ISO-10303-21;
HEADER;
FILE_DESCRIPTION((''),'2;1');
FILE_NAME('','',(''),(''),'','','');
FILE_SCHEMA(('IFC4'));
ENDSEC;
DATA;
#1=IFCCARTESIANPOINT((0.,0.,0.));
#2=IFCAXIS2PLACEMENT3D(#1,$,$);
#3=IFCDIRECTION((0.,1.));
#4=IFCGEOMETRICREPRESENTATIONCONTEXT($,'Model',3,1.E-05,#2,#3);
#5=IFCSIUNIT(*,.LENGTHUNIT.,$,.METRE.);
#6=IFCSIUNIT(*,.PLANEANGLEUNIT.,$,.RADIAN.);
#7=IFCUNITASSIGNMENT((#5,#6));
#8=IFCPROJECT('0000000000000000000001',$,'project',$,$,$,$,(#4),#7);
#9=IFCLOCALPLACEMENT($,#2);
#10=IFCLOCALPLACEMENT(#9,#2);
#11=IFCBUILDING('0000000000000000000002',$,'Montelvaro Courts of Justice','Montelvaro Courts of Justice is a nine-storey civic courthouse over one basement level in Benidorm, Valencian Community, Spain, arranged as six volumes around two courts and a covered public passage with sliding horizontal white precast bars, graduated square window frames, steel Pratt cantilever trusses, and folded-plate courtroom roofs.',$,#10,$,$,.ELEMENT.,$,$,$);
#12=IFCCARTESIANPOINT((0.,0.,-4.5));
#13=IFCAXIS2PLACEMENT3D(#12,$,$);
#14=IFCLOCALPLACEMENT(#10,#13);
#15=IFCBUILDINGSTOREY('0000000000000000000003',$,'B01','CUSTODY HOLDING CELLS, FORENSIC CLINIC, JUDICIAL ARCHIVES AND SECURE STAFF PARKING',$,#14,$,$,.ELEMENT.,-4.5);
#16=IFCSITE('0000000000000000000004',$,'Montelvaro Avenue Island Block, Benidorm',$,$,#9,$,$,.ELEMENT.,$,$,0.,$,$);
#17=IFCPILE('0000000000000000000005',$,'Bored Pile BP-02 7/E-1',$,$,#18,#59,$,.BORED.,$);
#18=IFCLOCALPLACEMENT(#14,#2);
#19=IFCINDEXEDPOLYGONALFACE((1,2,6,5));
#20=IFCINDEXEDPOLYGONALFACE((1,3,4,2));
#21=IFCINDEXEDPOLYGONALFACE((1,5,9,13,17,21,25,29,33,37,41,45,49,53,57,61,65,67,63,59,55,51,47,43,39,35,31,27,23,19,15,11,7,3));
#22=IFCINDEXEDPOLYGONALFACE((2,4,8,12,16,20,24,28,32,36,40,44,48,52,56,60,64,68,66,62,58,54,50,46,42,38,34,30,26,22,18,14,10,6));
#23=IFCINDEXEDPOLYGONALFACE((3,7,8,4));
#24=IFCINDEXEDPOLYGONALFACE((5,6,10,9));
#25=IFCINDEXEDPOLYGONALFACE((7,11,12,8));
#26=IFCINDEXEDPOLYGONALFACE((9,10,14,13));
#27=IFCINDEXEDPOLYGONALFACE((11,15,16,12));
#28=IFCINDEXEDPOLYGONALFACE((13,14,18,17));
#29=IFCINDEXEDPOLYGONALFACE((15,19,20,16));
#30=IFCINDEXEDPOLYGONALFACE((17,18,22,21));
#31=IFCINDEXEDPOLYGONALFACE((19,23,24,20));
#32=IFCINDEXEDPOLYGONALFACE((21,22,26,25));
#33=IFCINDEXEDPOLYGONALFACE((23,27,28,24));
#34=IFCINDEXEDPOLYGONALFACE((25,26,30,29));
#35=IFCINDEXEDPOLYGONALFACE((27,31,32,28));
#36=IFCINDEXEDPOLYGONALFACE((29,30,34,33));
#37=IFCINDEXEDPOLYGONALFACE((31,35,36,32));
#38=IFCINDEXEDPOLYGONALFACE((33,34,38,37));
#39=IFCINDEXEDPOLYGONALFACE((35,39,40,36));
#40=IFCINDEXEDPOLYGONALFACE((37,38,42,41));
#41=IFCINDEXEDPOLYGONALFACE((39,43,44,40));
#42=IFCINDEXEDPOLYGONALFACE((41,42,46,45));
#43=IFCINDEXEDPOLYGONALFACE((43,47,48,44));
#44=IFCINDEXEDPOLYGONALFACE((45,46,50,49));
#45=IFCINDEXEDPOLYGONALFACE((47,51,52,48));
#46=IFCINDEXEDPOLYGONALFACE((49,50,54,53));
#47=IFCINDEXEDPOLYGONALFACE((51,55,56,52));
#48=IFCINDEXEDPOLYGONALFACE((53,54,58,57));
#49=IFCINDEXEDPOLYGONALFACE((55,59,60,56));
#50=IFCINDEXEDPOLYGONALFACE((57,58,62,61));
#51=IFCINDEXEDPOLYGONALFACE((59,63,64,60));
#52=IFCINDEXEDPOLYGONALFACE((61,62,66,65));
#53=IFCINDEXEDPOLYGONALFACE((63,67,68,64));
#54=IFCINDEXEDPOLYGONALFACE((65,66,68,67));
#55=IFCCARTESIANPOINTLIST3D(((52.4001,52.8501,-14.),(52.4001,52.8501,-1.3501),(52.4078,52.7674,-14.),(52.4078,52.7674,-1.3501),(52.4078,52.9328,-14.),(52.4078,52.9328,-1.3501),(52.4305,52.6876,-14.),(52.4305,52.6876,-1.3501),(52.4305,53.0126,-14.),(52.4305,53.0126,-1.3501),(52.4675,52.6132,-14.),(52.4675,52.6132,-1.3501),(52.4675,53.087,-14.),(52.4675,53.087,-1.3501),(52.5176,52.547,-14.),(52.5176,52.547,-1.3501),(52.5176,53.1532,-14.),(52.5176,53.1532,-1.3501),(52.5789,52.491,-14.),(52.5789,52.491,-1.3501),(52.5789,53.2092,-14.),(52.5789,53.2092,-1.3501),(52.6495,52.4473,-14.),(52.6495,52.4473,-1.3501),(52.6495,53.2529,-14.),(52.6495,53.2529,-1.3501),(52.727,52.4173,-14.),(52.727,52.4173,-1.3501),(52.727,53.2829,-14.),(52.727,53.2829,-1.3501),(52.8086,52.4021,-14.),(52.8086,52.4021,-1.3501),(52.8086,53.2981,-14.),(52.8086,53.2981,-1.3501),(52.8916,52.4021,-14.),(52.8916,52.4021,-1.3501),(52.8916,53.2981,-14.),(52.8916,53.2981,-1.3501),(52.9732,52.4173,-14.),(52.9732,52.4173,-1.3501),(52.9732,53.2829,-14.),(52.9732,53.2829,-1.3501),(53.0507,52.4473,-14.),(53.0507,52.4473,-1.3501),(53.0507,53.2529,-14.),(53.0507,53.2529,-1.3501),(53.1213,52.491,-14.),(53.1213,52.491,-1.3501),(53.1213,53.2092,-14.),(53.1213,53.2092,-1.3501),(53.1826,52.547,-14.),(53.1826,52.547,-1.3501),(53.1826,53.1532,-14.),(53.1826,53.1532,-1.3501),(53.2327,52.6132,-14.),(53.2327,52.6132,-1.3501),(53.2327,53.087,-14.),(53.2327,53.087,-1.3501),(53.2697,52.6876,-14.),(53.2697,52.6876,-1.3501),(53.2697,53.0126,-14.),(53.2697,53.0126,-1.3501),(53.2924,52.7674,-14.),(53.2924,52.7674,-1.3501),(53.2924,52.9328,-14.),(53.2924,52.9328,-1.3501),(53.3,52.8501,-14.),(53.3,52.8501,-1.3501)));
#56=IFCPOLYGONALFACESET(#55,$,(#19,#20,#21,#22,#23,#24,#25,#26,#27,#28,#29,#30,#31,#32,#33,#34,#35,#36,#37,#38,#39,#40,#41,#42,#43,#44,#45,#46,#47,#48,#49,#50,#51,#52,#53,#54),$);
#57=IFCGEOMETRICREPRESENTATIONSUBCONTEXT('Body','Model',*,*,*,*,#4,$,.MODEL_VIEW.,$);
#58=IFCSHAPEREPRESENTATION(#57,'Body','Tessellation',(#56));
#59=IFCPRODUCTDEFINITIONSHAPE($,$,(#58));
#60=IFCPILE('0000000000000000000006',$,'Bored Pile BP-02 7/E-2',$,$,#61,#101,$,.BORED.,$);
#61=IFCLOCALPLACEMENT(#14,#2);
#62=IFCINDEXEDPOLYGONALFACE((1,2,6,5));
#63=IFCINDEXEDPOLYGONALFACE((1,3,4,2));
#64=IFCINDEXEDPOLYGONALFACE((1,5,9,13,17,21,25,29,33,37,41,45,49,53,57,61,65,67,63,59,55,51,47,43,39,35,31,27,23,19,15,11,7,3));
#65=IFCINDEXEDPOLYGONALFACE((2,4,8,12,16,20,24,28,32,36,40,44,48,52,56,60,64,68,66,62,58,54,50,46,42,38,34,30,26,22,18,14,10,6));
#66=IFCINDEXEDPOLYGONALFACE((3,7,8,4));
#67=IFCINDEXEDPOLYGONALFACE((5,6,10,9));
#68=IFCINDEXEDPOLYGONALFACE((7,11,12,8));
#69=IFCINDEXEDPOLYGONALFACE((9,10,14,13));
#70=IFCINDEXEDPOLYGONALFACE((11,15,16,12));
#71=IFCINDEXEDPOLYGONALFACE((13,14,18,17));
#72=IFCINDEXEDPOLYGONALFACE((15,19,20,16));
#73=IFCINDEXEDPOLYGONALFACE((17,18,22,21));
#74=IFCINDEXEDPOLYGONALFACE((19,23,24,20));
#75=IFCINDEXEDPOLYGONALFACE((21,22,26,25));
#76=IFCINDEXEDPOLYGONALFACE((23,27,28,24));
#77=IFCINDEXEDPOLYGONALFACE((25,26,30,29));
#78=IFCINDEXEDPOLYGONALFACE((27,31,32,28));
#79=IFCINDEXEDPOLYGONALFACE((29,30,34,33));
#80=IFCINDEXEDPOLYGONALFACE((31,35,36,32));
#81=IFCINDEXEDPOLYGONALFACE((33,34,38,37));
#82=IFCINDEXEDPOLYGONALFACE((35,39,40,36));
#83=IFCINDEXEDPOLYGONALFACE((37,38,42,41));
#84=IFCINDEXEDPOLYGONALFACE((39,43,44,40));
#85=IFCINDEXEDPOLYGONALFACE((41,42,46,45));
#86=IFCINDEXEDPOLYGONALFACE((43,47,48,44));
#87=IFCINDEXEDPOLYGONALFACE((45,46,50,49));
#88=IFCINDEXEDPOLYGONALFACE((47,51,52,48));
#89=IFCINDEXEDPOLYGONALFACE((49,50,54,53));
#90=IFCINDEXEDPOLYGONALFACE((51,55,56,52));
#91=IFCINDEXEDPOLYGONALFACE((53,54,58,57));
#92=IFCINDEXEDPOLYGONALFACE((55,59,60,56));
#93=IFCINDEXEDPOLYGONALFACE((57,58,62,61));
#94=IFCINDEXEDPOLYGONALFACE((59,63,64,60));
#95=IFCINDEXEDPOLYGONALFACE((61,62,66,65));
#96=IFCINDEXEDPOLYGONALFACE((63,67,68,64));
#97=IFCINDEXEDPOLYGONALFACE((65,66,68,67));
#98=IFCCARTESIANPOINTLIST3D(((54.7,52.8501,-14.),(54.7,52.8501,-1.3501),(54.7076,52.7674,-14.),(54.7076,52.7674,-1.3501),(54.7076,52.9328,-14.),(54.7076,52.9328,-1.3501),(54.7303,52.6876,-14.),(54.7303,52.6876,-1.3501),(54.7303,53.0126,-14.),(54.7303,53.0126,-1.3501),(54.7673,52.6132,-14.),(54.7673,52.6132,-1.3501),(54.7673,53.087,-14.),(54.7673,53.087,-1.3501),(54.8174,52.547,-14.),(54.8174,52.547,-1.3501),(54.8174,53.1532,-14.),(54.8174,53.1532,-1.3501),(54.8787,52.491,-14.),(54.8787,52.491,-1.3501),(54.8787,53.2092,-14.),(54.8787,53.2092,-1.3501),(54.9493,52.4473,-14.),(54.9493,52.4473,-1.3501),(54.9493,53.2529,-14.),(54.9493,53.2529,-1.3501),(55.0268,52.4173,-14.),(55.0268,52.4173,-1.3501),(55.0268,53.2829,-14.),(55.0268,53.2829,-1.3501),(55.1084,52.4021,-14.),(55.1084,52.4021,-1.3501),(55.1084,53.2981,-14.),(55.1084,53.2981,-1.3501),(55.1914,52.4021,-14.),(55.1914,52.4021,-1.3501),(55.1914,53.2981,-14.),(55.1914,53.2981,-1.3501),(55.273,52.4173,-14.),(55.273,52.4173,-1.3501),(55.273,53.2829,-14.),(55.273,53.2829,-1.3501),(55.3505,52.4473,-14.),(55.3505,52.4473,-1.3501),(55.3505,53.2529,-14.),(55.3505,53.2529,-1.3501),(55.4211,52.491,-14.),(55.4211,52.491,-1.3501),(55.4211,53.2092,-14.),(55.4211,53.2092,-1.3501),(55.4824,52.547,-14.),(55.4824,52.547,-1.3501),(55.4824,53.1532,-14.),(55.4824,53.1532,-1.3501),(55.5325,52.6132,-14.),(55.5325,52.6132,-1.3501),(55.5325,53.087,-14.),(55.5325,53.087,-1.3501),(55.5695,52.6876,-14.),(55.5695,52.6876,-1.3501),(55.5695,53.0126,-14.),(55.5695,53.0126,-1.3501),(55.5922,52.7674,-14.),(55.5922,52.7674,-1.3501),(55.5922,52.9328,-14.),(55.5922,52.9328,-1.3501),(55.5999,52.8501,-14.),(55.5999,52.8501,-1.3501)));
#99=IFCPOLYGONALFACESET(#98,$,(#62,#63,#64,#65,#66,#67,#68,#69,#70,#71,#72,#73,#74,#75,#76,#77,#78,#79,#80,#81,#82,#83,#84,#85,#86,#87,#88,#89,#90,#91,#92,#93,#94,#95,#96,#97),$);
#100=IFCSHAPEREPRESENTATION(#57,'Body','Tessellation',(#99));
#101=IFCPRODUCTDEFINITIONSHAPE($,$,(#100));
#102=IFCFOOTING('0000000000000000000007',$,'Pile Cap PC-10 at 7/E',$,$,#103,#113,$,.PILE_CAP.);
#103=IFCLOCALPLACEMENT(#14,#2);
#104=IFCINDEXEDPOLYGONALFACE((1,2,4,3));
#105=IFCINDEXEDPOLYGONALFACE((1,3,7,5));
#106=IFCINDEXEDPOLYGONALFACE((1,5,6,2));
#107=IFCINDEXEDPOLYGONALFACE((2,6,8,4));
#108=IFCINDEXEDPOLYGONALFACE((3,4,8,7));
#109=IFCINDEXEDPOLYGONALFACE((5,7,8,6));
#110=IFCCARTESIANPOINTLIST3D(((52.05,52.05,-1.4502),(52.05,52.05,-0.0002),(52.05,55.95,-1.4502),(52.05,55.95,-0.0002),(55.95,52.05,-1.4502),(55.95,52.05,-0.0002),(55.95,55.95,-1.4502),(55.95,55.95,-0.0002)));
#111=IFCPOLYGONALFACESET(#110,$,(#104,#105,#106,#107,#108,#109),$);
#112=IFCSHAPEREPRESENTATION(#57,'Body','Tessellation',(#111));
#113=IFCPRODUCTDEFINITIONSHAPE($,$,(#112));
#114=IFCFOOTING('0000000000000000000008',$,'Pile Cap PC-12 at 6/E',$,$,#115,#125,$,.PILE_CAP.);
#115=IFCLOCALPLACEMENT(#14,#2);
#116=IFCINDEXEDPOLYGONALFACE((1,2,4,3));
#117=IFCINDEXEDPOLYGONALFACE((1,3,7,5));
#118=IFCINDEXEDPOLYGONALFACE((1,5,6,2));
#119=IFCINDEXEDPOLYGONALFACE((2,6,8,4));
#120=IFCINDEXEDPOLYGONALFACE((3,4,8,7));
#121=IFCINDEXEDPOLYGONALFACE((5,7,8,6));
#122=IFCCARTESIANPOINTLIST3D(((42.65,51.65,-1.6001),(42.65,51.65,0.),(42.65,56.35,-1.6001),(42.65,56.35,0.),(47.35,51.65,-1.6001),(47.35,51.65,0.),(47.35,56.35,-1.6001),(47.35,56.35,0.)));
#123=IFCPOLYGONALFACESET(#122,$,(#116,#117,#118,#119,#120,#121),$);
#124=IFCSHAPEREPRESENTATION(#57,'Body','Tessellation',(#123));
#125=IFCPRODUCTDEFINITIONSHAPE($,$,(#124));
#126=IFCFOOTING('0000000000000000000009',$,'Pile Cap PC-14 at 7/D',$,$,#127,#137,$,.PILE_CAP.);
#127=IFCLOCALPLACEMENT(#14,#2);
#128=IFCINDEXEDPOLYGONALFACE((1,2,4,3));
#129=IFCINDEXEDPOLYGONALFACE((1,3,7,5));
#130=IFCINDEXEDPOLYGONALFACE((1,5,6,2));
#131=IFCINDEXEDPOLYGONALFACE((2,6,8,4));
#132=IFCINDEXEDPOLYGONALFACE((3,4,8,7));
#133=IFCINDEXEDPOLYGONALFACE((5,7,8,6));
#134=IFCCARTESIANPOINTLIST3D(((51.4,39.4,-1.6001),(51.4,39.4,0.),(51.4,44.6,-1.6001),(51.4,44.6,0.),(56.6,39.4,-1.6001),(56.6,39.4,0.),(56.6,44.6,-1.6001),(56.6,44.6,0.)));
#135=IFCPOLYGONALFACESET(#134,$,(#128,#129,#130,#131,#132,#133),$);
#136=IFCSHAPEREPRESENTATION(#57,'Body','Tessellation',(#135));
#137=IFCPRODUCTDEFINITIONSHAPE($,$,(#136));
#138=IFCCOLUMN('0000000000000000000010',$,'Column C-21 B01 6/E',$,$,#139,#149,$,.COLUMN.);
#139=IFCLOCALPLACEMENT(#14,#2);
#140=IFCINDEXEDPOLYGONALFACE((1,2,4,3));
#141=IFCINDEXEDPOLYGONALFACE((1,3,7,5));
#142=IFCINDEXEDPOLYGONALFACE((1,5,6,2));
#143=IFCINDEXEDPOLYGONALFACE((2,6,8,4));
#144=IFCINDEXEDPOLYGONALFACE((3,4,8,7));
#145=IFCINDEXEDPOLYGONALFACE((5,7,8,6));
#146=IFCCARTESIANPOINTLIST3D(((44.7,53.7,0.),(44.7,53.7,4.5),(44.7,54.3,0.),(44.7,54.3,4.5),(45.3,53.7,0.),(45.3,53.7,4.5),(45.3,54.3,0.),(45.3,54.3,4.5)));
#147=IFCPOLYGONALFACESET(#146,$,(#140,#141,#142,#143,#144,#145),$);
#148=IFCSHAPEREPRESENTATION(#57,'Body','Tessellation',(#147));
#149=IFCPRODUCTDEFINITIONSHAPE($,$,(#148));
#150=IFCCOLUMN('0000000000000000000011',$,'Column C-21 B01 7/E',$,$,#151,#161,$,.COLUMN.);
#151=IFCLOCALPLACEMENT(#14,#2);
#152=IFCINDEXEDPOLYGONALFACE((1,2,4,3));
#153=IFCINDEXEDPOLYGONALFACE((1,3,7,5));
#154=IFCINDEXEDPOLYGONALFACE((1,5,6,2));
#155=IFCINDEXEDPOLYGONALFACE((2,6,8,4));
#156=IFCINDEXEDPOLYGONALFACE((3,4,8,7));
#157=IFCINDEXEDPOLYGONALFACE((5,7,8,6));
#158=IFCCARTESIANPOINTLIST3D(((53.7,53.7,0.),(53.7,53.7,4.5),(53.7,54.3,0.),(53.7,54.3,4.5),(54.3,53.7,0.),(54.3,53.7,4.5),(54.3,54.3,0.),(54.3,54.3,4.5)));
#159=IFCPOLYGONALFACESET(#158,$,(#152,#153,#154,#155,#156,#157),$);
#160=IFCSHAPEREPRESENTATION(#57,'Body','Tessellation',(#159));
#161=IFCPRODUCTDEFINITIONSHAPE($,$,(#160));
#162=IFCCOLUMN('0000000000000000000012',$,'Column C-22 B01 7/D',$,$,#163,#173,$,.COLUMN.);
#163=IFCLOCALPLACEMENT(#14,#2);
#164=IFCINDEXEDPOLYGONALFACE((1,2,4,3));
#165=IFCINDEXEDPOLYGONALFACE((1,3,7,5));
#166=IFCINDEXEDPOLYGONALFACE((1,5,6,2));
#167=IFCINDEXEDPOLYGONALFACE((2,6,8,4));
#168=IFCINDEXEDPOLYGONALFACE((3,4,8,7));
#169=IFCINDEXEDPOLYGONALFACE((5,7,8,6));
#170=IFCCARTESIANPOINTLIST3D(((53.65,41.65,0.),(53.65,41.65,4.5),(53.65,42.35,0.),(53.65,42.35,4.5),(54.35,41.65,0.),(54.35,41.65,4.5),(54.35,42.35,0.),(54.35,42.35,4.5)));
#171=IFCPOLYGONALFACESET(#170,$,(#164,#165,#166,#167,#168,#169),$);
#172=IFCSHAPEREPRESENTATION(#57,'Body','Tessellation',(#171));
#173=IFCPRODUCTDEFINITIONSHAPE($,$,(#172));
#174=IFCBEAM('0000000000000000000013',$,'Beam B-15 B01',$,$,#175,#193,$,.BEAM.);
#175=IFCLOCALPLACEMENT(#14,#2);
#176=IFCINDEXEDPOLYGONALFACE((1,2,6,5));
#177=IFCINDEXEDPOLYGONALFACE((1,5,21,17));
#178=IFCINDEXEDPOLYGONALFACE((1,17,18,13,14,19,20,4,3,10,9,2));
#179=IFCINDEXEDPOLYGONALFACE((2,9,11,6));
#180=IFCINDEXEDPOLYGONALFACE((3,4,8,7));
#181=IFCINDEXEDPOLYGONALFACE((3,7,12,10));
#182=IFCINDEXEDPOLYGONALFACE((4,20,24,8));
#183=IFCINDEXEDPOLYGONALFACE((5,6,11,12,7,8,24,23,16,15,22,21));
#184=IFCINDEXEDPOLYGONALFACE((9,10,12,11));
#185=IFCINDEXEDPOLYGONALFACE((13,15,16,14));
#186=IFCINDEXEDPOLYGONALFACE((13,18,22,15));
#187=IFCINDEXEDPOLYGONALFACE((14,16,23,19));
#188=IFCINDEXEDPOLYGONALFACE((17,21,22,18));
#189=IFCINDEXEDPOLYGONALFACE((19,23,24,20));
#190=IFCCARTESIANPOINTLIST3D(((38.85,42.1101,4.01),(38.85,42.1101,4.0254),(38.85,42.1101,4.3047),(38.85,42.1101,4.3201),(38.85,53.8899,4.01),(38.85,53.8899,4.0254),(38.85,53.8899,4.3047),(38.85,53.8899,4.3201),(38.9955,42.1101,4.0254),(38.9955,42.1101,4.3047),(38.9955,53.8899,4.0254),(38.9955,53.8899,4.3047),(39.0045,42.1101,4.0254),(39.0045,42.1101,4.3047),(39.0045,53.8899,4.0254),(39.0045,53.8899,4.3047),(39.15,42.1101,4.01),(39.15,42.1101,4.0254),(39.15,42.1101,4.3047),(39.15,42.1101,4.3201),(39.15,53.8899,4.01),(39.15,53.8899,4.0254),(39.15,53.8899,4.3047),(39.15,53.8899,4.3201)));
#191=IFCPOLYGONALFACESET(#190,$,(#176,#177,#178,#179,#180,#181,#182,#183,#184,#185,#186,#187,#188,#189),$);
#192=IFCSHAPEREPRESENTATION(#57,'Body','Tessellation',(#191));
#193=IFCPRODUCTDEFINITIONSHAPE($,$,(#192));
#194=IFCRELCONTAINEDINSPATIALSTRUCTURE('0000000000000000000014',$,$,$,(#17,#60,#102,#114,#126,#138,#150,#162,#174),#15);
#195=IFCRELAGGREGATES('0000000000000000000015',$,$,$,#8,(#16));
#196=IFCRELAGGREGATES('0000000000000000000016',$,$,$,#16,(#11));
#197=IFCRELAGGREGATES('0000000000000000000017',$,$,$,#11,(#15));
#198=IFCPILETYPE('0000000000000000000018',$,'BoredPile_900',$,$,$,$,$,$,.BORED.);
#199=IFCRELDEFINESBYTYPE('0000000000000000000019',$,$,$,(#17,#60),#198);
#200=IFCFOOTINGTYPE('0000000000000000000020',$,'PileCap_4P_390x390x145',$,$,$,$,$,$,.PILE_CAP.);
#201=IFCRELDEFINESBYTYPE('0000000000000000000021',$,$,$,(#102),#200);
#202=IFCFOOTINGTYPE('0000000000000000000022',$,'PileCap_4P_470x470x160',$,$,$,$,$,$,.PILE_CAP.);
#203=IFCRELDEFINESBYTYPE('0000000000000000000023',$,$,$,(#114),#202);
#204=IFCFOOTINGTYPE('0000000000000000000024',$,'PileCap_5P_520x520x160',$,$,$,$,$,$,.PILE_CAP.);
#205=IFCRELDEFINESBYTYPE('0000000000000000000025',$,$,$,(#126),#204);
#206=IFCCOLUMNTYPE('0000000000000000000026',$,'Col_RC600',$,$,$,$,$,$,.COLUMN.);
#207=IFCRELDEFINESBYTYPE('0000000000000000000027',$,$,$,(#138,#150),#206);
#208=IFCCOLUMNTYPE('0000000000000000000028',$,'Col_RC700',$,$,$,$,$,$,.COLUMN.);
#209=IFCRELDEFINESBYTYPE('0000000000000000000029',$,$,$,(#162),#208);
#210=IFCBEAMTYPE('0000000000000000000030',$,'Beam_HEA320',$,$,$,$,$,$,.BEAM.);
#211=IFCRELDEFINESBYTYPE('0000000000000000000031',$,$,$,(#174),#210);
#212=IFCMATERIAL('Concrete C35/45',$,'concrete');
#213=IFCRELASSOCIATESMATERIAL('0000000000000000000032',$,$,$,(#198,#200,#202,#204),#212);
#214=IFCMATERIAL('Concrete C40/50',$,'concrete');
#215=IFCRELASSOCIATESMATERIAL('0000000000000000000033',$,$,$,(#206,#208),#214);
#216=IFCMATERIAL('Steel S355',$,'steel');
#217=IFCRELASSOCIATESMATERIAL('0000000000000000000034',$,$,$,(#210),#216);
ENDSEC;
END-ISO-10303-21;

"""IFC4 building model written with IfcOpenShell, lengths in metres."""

from ifc_helpers import new_model, si_unit, direction, frame, origin, origin_2d, place, context, subcontext, project, spatial, rectangle, circle, i_section, extrude, material, material_profile, profile_set, type_object, element, save


model = new_model("IFC4")

# Units and contexts
model_context = context("Model", 3, precision=1e-05, world=origin(), true_north=direction((0.0, 1.0)))
body_context = subcontext(model_context, "Body", "Model", "MODEL_VIEW")
ifc_project = project(units=[si_unit("LENGTHUNIT", "METRE"), si_unit("PLANEANGLEUNIT", "RADIAN")], contexts=[model_context])

# Site, building, storey
site_placement = place(None, origin())
site = spatial("IfcSite", under=ifc_project, at=site_placement, Name="Montelvaro Avenue Island Block, Benidorm", CompositionType="ELEMENT", RefElevation=0.0)
building_placement = place(site_placement, origin())
building = spatial("IfcBuilding", under=site, at=building_placement, Name="Montelvaro Courts of Justice", Description="Montelvaro Courts of Justice is a nine-storey civic courthouse over one basement level in Benidorm, Valencian Community, Spain, arranged as six volumes around two courts and a covered public passage with sliding horizontal white precast bars, graduated square window frames, steel Pratt cantilever trusses, and folded-plate courtroom roofs.", CompositionType="ELEMENT")
storey_placement = place(building_placement, frame((0.0, 0.0, -4.5)))
storey = spatial("IfcBuildingStorey", under=building, at=storey_placement, Name="B01", Description="CUSTODY HOLDING CELLS, FORENSIC CLINIC, JUDICIAL ARCHIVES AND SECURE STAFF PARKING", CompositionType="ELEMENT", Elevation=-4.5)

# Piles
ifc_material_1 = material(Name="Concrete C35/45", Category="concrete")
ifc_material_profile_1 = material_profile(ifc_material_1, circle(Radius=0.45, at=origin_2d()), Name="BORED PILE D900")
ifc_profile_set_1 = profile_set([ifc_material_profile_1], Name="Concrete C35/45")
pile_type_1 = type_object("IfcPileType", Name="BoredPile_900", PredefinedType="BORED", material=ifc_profile_set_1)
for number, where, z_axis, x_axis, name in (
    (1, (52.8501, 52.8501, -1.3501), (0.0, 0.0, -1.0), (1.0, 0.0, 0.0), "Bored Pile BP-02 7/E-1"),
    (2, (55.1499, 52.8501, -1.3501), (0.0, 0.0, -1.0), (1.0, 0.0, 0.0), "Bored Pile BP-02 7/E-2"),
):
    element("IfcPile", number, at=place(storey_placement, frame(where, z_axis=z_axis, x_axis=x_axis)), inside=storey, type_object=pile_type_1, Name=name, PredefinedType="BORED", context=body_context, shape_type="SweptSolid", body=[
        extrude(circle(Radius=0.45, at=origin_2d()), origin(), (0.0, 0.0, 1.0), 12.6499),
    ])

# Footings
footing_type_1 = type_object("IfcFootingType", Name="PileCap_4P_390x390x145", PredefinedType="PILE_CAP", material=ifc_material_1)
footing_1_placement = place(storey_placement, frame((54.0, 54.0, -1.4502), z_axis=(0.0, 0.0, 1.0), x_axis=(1.0, 0.0, 0.0)))
element("IfcFooting", 3, at=footing_1_placement, inside=storey, type_object=footing_type_1, Name="Pile Cap PC-10 at 7/E", PredefinedType="PILE_CAP", context=body_context, shape_type="SweptSolid", body=[
    extrude(rectangle(XDim=3.8999, YDim=3.8999, at=origin_2d()), origin(), (0.0, 0.0, 1.0), 1.45),
])
footing_type_2 = type_object("IfcFootingType", Name="PileCap_4P_470x470x160", PredefinedType="PILE_CAP", material=ifc_material_1)
footing_2_placement = place(storey_placement, frame((45.0, 54.0, -1.6001), z_axis=(0.0, 0.0, 1.0), x_axis=(1.0, 0.0, 0.0)))
element("IfcFooting", 4, at=footing_2_placement, inside=storey, type_object=footing_type_2, Name="Pile Cap PC-12 at 6/E", PredefinedType="PILE_CAP", context=body_context, shape_type="SweptSolid", body=[
    extrude(rectangle(XDim=4.7, YDim=4.7, at=origin_2d()), origin(), (0.0, 0.0, 1.0), 1.6001),
])
footing_type_3 = type_object("IfcFootingType", Name="PileCap_5P_520x520x160", PredefinedType="PILE_CAP", material=ifc_material_1)
footing_3_placement = place(storey_placement, frame((54.0, 42.0, -1.6001), z_axis=(0.0, 0.0, 1.0), x_axis=(1.0, 0.0, 0.0)))
element("IfcFooting", 5, at=footing_3_placement, inside=storey, type_object=footing_type_3, Name="Pile Cap PC-14 at 7/D", PredefinedType="PILE_CAP", context=body_context, shape_type="SweptSolid", body=[
    extrude(rectangle(XDim=5.2, YDim=5.2, at=origin_2d()), origin(), (0.0, 0.0, 1.0), 1.6001),
])

# Columns
ifc_material_2 = material(Name="Concrete C40/50", Category="concrete")
ifc_material_profile_2 = material_profile(ifc_material_2, rectangle(XDim=0.6001, YDim=0.6001, at=origin_2d()), Name="RC 600x600")
ifc_profile_set_2 = profile_set([ifc_material_profile_2], Name="Concrete C40/50")
column_type_1 = type_object("IfcColumnType", Name="Col_RC600", PredefinedType="COLUMN", material=ifc_profile_set_2)
for number, where, z_axis, x_axis, name in (
    (6, (45.0, 54.0, 0.0), (0.0, 0.0, 1.0), (1.0, 0.0, 0.0), "Column C-21 B01 6/E"),
    (7, (54.0, 54.0, 0.0), (0.0, 0.0, 1.0), (1.0, 0.0, 0.0), "Column C-21 B01 7/E"),
):
    element("IfcColumn", number, at=place(storey_placement, frame(where, z_axis=z_axis, x_axis=x_axis)), inside=storey, type_object=column_type_1, Name=name, PredefinedType="COLUMN", context=body_context, shape_type="SweptSolid", body=[
        extrude(rectangle(XDim=0.6001, YDim=0.6001, at=origin_2d()), origin(), (0.0, 0.0, 1.0), 4.5),
    ])
ifc_material_profile_3 = material_profile(ifc_material_2, rectangle(XDim=0.7, YDim=0.7, at=origin_2d()), Name="RC 700x700")
ifc_profile_set_3 = profile_set([ifc_material_profile_3], Name="Concrete C40/50")
column_type_2 = type_object("IfcColumnType", Name="Col_RC700", PredefinedType="COLUMN", material=ifc_profile_set_3)
column_placement = place(storey_placement, frame((54.0, 42.0, 0.0), z_axis=(0.0, 0.0, 1.0), x_axis=(1.0, 0.0, 0.0)))
element("IfcColumn", 8, at=column_placement, inside=storey, type_object=column_type_2, Name="Column C-22 B01 7/D", PredefinedType="COLUMN", context=body_context, shape_type="SweptSolid", body=[
    extrude(rectangle(XDim=0.7, YDim=0.7, at=origin_2d()), origin(), (0.0, 0.0, 1.0), 4.5),
])

# Beam
ifc_material_3 = material(Name="Steel S355", Category="steel")
ifc_material_profile_4 = material_profile(ifc_material_3, i_section(OverallWidth=0.3, OverallDepth=0.3101, WebThickness=0.009, FlangeThickness=0.0154, at=origin_2d()), Name="HEA 320")
ifc_profile_set_4 = profile_set([ifc_material_profile_4], Name="Steel S355")
beam_type_1 = type_object("IfcBeamType", Name="Beam_HEA320", PredefinedType="BEAM", material=ifc_profile_set_4)
beam_1_placement = place(storey_placement, frame((39.0, 42.1101, 4.165), z_axis=(0.0, 1.0, 0.0), x_axis=(-1.0, 0.0, 0.0)))
element("IfcBeam", 9, at=beam_1_placement, inside=storey, type_object=beam_type_1, Name="Beam B-15 B01", PredefinedType="BEAM", context=body_context, shape_type="SweptSolid", body=[
    extrude(i_section(OverallWidth=0.3, OverallDepth=0.3101, WebThickness=0.009, FlangeThickness=0.0154, at=origin_2d()), origin(), (0.0, 0.0, 1.0), 11.7798),
])

save(model, "model.ifc")
